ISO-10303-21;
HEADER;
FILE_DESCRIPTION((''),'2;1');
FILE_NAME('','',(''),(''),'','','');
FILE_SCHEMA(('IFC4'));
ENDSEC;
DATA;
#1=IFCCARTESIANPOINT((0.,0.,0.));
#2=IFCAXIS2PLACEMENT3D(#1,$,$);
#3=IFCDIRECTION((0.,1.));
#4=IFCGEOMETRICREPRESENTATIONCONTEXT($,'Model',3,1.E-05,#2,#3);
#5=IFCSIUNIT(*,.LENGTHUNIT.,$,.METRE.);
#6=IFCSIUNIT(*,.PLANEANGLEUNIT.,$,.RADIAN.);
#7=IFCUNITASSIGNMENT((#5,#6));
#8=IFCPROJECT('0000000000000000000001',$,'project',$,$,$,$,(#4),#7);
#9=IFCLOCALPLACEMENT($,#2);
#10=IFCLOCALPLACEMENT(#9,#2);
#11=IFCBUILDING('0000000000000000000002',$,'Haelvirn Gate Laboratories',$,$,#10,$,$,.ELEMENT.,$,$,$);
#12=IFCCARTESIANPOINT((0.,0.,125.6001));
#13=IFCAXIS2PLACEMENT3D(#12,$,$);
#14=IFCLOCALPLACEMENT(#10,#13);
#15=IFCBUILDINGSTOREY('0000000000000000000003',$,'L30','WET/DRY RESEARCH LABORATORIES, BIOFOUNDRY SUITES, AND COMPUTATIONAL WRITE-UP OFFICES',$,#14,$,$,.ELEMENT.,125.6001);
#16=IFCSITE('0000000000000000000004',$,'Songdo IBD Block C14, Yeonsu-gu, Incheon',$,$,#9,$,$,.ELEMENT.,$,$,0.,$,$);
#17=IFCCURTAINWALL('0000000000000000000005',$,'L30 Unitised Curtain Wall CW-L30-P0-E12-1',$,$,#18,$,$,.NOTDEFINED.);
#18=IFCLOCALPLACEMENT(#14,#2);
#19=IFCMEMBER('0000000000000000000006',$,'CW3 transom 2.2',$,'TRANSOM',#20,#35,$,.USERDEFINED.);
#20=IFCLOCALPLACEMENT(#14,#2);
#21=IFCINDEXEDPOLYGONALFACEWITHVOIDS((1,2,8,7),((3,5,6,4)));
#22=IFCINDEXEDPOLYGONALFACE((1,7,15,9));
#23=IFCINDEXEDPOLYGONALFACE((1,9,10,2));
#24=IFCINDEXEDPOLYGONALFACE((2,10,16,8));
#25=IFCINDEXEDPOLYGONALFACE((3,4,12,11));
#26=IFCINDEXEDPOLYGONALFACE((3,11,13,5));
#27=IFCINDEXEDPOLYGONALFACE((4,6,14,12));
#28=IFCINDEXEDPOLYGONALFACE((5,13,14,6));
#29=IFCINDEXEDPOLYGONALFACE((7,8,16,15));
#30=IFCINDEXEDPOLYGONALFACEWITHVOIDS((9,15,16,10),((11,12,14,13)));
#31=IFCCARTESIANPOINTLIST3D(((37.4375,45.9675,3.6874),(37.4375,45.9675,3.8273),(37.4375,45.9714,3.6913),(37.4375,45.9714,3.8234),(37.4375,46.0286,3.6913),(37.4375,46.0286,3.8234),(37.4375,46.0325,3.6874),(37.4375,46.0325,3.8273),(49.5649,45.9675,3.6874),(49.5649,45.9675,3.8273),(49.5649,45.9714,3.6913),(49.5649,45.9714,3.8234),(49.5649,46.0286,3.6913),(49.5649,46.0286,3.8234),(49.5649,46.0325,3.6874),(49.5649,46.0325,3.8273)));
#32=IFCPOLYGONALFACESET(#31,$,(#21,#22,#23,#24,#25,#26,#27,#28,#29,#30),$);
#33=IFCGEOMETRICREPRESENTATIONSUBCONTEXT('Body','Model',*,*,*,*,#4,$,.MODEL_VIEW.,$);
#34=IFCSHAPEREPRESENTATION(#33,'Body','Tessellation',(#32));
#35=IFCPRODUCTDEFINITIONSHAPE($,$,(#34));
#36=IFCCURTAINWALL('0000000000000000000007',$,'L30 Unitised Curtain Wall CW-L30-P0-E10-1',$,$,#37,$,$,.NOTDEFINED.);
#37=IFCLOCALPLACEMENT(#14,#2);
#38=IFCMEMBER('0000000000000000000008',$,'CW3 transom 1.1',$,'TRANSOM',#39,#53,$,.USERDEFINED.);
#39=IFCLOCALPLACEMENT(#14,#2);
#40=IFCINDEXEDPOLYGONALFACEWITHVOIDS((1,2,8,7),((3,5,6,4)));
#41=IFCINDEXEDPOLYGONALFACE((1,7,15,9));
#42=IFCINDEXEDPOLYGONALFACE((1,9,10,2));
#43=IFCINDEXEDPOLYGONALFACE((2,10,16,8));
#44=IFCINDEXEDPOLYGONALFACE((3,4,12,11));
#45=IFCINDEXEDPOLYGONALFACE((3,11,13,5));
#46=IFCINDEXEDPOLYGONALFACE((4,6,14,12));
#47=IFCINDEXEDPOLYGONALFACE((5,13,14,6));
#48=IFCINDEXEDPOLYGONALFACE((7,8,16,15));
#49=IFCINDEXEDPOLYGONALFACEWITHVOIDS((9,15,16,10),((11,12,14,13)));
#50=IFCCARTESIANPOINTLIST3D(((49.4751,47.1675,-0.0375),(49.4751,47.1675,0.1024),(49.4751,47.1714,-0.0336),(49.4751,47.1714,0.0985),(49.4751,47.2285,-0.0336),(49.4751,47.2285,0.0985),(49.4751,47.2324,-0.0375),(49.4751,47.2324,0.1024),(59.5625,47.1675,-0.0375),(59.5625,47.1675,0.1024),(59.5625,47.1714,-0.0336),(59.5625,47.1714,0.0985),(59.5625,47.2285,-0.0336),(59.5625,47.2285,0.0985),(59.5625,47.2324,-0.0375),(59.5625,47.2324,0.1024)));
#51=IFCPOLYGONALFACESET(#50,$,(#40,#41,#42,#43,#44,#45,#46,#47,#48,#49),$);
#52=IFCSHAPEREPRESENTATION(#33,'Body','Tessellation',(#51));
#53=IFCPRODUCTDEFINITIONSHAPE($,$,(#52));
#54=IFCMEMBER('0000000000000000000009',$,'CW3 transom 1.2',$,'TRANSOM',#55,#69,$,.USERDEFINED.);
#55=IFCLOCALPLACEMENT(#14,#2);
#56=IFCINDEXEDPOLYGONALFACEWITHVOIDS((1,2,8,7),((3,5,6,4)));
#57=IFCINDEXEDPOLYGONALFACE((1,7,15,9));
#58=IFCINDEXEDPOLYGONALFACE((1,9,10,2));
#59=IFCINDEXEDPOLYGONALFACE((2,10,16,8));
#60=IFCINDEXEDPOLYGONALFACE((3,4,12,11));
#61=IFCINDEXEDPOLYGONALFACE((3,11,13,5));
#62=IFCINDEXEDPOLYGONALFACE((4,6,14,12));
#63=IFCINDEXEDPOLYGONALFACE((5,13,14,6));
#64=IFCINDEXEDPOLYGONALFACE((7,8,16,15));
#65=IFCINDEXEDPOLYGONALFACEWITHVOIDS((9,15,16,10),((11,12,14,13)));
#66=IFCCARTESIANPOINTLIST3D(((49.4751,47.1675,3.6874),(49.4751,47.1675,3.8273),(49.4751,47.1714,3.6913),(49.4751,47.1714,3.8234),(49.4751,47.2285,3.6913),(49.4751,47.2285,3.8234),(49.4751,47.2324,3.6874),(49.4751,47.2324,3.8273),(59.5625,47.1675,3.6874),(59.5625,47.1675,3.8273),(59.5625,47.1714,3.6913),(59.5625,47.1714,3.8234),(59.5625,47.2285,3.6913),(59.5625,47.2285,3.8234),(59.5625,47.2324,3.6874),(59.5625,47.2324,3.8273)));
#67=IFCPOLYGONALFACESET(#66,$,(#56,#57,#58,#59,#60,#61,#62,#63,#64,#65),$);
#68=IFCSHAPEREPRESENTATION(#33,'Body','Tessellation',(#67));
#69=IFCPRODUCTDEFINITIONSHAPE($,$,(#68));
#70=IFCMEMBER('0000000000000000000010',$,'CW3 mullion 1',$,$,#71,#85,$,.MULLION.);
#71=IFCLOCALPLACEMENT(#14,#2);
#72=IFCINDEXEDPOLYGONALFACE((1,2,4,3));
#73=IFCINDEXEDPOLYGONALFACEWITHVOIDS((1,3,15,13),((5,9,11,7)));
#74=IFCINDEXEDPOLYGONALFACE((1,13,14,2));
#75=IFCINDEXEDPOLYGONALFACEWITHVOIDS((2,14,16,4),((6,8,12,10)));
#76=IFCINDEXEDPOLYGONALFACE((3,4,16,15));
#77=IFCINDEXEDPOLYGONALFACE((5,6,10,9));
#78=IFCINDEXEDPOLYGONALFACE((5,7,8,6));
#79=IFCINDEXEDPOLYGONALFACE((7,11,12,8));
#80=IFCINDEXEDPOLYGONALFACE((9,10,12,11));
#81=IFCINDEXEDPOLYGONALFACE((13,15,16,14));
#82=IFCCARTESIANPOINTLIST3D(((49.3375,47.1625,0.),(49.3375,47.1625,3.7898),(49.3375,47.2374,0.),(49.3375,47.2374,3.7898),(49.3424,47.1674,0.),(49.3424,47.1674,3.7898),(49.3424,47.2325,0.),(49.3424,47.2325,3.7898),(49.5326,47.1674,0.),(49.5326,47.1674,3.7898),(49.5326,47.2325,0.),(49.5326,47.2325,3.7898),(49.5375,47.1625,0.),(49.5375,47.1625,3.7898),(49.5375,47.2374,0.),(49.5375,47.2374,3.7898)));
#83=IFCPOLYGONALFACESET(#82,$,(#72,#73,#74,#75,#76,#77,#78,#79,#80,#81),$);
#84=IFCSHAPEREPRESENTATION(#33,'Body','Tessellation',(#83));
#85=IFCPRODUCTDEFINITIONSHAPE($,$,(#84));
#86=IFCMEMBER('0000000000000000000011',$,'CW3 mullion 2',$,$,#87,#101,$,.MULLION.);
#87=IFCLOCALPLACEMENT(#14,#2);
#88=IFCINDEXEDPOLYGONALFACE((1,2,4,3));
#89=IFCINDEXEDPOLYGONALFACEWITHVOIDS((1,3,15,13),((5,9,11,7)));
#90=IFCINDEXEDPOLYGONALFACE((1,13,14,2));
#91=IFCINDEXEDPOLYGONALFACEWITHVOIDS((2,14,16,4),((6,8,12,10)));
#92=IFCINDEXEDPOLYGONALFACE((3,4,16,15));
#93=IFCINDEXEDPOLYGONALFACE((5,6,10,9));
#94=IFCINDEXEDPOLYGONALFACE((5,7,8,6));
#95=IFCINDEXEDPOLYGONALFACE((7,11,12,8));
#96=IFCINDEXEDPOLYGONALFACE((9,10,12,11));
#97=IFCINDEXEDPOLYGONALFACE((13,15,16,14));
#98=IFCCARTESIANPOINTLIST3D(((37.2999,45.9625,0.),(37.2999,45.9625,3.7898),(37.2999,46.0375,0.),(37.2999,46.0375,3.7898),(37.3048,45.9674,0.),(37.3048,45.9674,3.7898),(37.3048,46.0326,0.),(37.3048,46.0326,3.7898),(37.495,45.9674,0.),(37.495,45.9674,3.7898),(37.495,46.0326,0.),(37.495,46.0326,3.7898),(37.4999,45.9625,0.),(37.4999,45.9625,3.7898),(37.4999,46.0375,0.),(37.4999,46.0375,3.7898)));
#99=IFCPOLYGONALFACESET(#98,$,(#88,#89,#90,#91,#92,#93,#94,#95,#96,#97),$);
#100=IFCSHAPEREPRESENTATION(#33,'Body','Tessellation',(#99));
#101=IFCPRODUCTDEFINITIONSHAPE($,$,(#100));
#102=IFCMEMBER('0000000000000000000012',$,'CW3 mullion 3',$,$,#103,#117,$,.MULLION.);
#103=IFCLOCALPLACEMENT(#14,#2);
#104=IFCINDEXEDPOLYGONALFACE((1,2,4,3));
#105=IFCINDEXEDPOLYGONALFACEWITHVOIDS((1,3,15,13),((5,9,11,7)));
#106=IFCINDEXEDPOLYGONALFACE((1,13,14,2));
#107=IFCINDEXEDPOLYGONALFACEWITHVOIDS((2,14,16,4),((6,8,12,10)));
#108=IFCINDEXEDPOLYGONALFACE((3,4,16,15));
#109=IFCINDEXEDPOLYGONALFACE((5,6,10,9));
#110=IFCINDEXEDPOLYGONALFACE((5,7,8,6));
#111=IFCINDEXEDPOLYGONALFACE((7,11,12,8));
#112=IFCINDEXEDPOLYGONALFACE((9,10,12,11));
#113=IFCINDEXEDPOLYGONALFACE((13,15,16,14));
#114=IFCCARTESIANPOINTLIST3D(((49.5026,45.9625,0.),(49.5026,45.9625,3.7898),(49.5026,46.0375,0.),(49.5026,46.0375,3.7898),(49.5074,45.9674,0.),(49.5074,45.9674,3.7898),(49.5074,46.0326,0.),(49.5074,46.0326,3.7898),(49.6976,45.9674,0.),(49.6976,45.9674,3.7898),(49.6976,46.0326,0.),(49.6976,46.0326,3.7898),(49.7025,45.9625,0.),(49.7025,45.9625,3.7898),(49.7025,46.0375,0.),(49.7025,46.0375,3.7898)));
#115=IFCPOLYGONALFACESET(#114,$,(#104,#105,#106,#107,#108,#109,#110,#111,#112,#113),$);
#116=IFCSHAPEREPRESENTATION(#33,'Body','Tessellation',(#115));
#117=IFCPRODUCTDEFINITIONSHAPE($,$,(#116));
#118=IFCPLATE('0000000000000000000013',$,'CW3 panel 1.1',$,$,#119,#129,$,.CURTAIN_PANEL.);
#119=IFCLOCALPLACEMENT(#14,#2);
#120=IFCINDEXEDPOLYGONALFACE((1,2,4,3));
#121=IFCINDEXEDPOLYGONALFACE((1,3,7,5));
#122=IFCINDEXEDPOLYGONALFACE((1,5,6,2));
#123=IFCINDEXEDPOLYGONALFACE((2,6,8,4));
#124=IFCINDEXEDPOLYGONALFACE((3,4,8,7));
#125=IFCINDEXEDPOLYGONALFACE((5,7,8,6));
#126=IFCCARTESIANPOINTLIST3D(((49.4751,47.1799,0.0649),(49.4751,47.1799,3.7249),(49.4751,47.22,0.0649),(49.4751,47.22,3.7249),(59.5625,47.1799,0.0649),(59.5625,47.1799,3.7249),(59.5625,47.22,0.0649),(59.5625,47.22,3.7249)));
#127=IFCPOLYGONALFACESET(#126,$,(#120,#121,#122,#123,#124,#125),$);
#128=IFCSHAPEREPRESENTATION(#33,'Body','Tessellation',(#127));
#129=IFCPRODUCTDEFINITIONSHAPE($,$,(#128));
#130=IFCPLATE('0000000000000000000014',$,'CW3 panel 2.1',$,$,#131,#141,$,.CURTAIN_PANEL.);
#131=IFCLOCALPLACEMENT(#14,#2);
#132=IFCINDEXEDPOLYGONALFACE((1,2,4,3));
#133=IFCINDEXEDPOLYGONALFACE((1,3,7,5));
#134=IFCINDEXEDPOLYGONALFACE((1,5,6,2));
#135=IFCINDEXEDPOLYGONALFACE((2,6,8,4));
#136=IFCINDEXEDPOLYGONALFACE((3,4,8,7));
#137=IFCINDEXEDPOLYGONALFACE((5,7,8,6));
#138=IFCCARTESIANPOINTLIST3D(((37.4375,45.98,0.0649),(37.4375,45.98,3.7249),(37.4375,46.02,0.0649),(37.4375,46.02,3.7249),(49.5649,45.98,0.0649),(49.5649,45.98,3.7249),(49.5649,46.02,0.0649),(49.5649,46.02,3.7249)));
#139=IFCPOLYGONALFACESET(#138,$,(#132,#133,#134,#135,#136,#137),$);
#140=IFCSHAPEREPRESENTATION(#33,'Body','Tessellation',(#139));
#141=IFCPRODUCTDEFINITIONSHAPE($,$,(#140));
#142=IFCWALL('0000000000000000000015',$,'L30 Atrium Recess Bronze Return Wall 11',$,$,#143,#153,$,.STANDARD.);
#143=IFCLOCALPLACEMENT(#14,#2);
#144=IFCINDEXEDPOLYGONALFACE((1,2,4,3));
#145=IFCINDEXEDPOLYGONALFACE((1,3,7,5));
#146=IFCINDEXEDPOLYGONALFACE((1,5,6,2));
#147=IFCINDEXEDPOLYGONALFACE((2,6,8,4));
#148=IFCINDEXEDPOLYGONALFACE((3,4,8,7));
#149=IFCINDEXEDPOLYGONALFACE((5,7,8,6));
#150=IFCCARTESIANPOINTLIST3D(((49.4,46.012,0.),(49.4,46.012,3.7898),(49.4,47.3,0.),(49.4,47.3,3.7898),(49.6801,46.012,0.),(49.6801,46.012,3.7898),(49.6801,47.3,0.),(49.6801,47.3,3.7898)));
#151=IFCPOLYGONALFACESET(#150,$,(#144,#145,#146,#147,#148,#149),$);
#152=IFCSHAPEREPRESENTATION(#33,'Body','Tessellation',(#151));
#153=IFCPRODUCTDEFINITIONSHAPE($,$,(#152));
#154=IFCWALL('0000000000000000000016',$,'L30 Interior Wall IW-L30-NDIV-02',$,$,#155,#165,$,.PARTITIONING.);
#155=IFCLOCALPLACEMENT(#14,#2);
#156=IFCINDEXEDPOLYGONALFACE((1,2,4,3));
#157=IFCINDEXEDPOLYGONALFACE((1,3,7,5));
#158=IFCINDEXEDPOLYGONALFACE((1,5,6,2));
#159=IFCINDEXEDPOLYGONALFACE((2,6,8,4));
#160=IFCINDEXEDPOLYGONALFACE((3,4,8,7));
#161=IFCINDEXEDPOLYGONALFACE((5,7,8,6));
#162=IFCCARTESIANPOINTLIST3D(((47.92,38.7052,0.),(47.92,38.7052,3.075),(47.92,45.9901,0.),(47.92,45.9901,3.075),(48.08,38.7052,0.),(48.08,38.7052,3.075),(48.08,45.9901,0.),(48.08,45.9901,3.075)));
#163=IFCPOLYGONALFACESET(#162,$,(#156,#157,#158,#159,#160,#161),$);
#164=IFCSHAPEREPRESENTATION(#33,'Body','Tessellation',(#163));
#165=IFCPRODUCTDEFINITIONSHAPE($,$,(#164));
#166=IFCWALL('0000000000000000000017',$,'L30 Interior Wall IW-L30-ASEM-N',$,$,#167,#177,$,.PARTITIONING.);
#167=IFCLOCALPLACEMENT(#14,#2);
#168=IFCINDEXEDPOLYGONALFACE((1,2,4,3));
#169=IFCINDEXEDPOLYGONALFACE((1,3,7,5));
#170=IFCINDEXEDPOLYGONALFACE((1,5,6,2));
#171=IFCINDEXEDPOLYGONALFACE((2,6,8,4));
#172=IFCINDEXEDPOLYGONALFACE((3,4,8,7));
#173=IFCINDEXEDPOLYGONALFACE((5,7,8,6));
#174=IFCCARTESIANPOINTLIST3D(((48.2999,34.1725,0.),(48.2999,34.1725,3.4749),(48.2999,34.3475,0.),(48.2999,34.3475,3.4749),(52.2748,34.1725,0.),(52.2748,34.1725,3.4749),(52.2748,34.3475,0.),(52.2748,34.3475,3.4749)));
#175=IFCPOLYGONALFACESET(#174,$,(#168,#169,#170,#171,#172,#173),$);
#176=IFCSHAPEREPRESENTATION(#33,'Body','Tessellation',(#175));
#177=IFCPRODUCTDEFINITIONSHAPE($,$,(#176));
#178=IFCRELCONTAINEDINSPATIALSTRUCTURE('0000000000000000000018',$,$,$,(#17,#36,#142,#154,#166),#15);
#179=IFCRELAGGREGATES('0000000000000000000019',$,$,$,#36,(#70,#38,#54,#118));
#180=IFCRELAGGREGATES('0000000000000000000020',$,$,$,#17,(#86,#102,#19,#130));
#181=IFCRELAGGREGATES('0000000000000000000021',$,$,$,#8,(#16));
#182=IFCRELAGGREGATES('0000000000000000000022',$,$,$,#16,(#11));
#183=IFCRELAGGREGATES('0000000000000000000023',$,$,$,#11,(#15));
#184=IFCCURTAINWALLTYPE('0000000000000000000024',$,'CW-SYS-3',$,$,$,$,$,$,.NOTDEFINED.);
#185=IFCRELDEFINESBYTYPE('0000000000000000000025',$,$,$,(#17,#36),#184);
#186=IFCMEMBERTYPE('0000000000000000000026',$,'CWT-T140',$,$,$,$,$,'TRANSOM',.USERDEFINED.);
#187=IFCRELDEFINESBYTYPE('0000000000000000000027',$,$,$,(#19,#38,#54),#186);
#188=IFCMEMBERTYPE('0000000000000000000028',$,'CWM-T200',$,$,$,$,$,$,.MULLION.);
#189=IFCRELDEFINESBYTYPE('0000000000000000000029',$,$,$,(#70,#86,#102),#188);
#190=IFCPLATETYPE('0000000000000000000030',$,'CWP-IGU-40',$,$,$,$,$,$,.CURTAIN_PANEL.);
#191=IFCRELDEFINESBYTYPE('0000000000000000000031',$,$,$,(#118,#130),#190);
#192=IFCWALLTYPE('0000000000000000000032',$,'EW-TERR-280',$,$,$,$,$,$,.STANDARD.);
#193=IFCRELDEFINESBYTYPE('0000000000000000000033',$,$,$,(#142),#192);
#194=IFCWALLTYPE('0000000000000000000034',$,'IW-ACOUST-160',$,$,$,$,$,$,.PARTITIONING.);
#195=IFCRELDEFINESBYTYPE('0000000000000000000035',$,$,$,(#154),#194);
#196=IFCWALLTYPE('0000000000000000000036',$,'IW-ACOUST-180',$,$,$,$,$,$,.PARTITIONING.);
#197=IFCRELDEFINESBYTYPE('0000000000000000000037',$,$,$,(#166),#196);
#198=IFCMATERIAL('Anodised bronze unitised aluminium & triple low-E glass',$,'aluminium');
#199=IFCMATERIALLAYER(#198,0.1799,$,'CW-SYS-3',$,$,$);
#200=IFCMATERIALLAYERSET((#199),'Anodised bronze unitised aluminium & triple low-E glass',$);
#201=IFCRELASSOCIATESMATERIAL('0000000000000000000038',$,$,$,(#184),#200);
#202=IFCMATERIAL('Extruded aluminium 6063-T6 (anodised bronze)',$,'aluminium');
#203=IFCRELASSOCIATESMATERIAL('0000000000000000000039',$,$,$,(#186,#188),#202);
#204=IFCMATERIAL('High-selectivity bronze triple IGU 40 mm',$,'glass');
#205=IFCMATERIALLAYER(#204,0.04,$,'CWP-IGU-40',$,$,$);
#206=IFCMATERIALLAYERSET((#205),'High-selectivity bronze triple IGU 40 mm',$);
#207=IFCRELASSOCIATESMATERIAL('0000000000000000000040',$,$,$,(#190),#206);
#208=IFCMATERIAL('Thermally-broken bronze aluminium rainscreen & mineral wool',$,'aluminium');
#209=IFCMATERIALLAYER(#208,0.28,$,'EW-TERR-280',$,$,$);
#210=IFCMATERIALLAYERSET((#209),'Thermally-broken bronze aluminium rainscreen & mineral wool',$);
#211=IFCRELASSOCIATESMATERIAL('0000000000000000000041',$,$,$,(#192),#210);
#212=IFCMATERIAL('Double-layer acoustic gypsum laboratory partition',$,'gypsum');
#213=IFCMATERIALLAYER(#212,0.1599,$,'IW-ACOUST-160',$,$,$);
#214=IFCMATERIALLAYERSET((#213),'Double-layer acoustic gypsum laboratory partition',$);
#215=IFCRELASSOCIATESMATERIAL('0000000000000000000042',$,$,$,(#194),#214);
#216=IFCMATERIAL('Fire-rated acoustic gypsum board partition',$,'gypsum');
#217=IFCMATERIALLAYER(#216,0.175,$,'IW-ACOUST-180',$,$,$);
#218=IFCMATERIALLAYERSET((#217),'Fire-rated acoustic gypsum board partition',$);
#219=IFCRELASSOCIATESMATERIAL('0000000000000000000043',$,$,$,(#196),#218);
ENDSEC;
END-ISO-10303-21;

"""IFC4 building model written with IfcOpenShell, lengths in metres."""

from ifc_helpers import new_model, si_unit, direction, frame, frame_2d, origin, origin_2d, place, context, subcontext, project, spatial, rectangle, hollow_rectangle, extrude, source, transform, mapped, material, layer, layer_set, material_profile, profile_set, type_object, type_shapes, element, aggregate, save


model = new_model("IFC4")

# Units and contexts
model_context = context("Model", 3, precision=1e-05, world=origin(), true_north=direction((0.0, 1.0)))
body_context = subcontext(model_context, "Body", "Model", "MODEL_VIEW")
ifc_project = project(units=[si_unit("LENGTHUNIT", "METRE"), si_unit("PLANEANGLEUNIT", "RADIAN")], contexts=[model_context])

# Site, building, storey
site_placement = place(None, origin())
site = spatial("IfcSite", under=ifc_project, at=site_placement, Name="Songdo IBD Block C14, Yeonsu-gu, Incheon", CompositionType="ELEMENT", RefElevation=0.0)
building_placement = place(site_placement, origin())
building = spatial("IfcBuilding", under=site, at=building_placement, Name="Haelvirn Gate Laboratories", CompositionType="ELEMENT")
storey_placement = place(building_placement, frame((0.0, 0.0, 125.6001)))
storey = spatial("IfcBuildingStorey", under=building, at=storey_placement, Name="L30", Description="WET/DRY RESEARCH LABORATORIES, BIOFOUNDRY SUITES, AND COMPUTATIONAL WRITE-UP OFFICES", CompositionType="ELEMENT", Elevation=125.6001)

# Curtain walls, members
ifc_material_1 = material(Name="Anodised bronze unitised aluminium & triple low-E glass", Category="aluminium")
ifc_layer_1 = layer(ifc_material_1, 0.1799, Name="CW-SYS-3")
ifc_layer_set_1 = layer_set([ifc_layer_1], Name="Anodised bronze unitised aluminium & triple low-E glass")
curtain_wall_type = type_object("IfcCurtainWallType", Name="CW-SYS-3", PredefinedType="NOTDEFINED", material=ifc_layer_set_1)
curtain_wall_1_placement = place(storey_placement, origin())
curtain_wall_1 = element("IfcCurtainWall", 1, at=curtain_wall_1_placement, inside=storey, type_object=curtain_wall_type, Name="L30 Unitised Curtain Wall CW-L30-P0-E12-1", PredefinedType="NOTDEFINED")
ifc_material_2 = material(Name="Extruded aluminium 6063-T6 (anodised bronze)", Category="aluminium")
ifc_material_profile_1 = material_profile(ifc_material_2, hollow_rectangle(XDim=0.0649, YDim=0.1399, WallThickness=0.0039, at=origin_2d()), Name="CWT-140x65x4")
ifc_profile_set_1 = profile_set([ifc_material_profile_1], Name="Extruded aluminium 6063-T6 (anodised bronze)")
member_type_1 = type_object("IfcMemberType", Name="CWT-T140", ElementType="TRANSOM", PredefinedType="USERDEFINED", material=ifc_profile_set_1)
shared_shape_1 = source(origin(), body_context, "Body", "SweptSolid", [
    extrude(hollow_rectangle(XDim=0.0649, YDim=0.1399, WallThickness=0.0039, at=origin_2d()), origin(), (0.0, 0.0, 1.0), 12.1274),
])
member_1_placement = place(storey_placement, frame((37.4375, 46.0, 3.7573), z_axis=(1.0, 0.0, 0.0), x_axis=(0.0, 1.0, 0.0)))
member_1 = element("IfcMember", 2, at=member_1_placement, type_object=member_type_1, Name="CW3 transom 2.2", ObjectType="TRANSOM", PredefinedType="USERDEFINED", context=body_context, shape_type="MappedRepresentation", body=[
    mapped(shared_shape_1, transform((0.0, 0.0, 0.0), scale=1.0)),
])
curtain_wall_2_placement = place(storey_placement, origin())
curtain_wall_2 = element("IfcCurtainWall", 3, at=curtain_wall_2_placement, inside=storey, type_object=curtain_wall_type, Name="L30 Unitised Curtain Wall CW-L30-P0-E10-1", PredefinedType="NOTDEFINED")
shared_shape_2 = source(origin(), body_context, "Body", "SweptSolid", [
    extrude(hollow_rectangle(XDim=0.0649, YDim=0.1399, WallThickness=0.0039, at=origin_2d()), origin(), (0.0, 0.0, 1.0), 10.0874),
])
type_shapes(member_type_1, [shared_shape_1, shared_shape_2])
member_2_placement = place(storey_placement, frame((49.4751, 47.2, 0.0325), z_axis=(1.0, 0.0, 0.0), x_axis=(0.0, 1.0, 0.0)))
member_2 = element("IfcMember", 4, at=member_2_placement, type_object=member_type_1, Name="CW3 transom 1.1", ObjectType="TRANSOM", PredefinedType="USERDEFINED", context=body_context, shape_type="MappedRepresentation", body=[
    mapped(shared_shape_2, transform((0.0, 0.0, 0.0), scale=1.0)),
])
member_3_placement = place(storey_placement, frame((49.4751, 47.2, 3.7573), z_axis=(1.0, 0.0, 0.0), x_axis=(0.0, 1.0, 0.0)))
member_3 = element("IfcMember", 5, at=member_3_placement, type_object=member_type_1, Name="CW3 transom 1.2", ObjectType="TRANSOM", PredefinedType="USERDEFINED", context=body_context, shape_type="MappedRepresentation", body=[
    mapped(shared_shape_2, transform((0.0, 0.0, 0.0), scale=1.0)),
])
ifc_material_profile_2 = material_profile(ifc_material_2, hollow_rectangle(XDim=0.075, YDim=0.2, WallThickness=0.0049, at=origin_2d()), Name="CWM-200x75x5")
ifc_profile_set_2 = profile_set([ifc_material_profile_2], Name="Extruded aluminium 6063-T6 (anodised bronze)")
member_type_2 = type_object("IfcMemberType", Name="CWM-T200", PredefinedType="MULLION", material=ifc_profile_set_2)
shared_shape_3 = source(origin(), body_context, "Body", "SweptSolid", [
    extrude(hollow_rectangle(XDim=0.075, YDim=0.2, WallThickness=0.0049, at=origin_2d()), origin(), (0.0, 0.0, 1.0), 3.7898),
])
type_shapes(member_type_2, [shared_shape_3])
member_4_placement = place(storey_placement, frame((49.4375, 47.2, 0.0), z_axis=(0.0, 0.0, 1.0), x_axis=(0.0, 1.0, 0.0)))
member_4 = element("IfcMember", 6, at=member_4_placement, type_object=member_type_2, Name="CW3 mullion 1", PredefinedType="MULLION", context=body_context, shape_type="MappedRepresentation", body=[
    mapped(shared_shape_3, transform((0.0, 0.0, 0.0), scale=1.0)),
])

# Members
member_5_placement = place(storey_placement, frame((37.3999, 46.0, 0.0), z_axis=(0.0, 0.0, 1.0), x_axis=(0.0, 1.0, 0.0)))
member_5 = element("IfcMember", 7, at=member_5_placement, type_object=member_type_2, Name="CW3 mullion 2", PredefinedType="MULLION", context=body_context, shape_type="MappedRepresentation", body=[
    mapped(shared_shape_3, transform((0.0, 0.0, 0.0), scale=1.0)),
])
member_6_placement = place(storey_placement, frame((49.6025, 46.0, 0.0), z_axis=(0.0, 0.0, 1.0), x_axis=(0.0, 1.0, 0.0)))
member_6 = element("IfcMember", 8, at=member_6_placement, type_object=member_type_2, Name="CW3 mullion 3", PredefinedType="MULLION", context=body_context, shape_type="MappedRepresentation", body=[
    mapped(shared_shape_3, transform((0.0, 0.0, 0.0), scale=1.0)),
])

# Plates
ifc_material_3 = material(Name="High-selectivity bronze triple IGU 40 mm", Category="glass")
ifc_layer_2 = layer(ifc_material_3, 0.04, Name="CWP-IGU-40")
ifc_layer_set_2 = layer_set([ifc_layer_2], Name="High-selectivity bronze triple IGU 40 mm")
plate_type = type_object("IfcPlateType", Name="CWP-IGU-40", PredefinedType="CURTAIN_PANEL", material=ifc_layer_set_2)
shared_shape_4 = source(origin(), body_context, "Body", "SweptSolid", [
    extrude(rectangle(XDim=10.0874, YDim=0.04, at=origin_2d()), origin(), (0.0, 0.0, 1.0), 3.6599),
])
plate_1_placement = place(storey_placement, frame((54.5188, 47.2, 0.0649), z_axis=(0.0, 0.0, 1.0), x_axis=(1.0, 0.0, 0.0)))
plate_1 = element("IfcPlate", 9, at=plate_1_placement, type_object=plate_type, Name="CW3 panel 1.1", PredefinedType="CURTAIN_PANEL", context=body_context, shape_type="MappedRepresentation", body=[
    mapped(shared_shape_4, transform((0.0, 0.0, 0.0), scale=1.0)),
])
aggregate(curtain_wall_2, [member_4, member_2, member_3, plate_1])
shared_shape_5 = source(origin(), body_context, "Body", "SweptSolid", [
    extrude(rectangle(XDim=12.1274, YDim=0.04, at=origin_2d()), origin(), (0.0, 0.0, 1.0), 3.6599),
])
type_shapes(plate_type, [shared_shape_4, shared_shape_5])
plate_2_placement = place(storey_placement, frame((43.5012, 46.0, 0.0649), z_axis=(0.0, 0.0, 1.0), x_axis=(1.0, 0.0, 0.0)))
plate_2 = element("IfcPlate", 10, at=plate_2_placement, type_object=plate_type, Name="CW3 panel 2.1", PredefinedType="CURTAIN_PANEL", context=body_context, shape_type="MappedRepresentation", body=[
    mapped(shared_shape_5, transform((0.0, 0.0, 0.0), scale=1.0)),
])
aggregate(curtain_wall_1, [member_5, member_6, member_1, plate_2])

# Walls
ifc_material_4 = material(Name="Thermally-broken bronze aluminium rainscreen & mineral wool", Category="aluminium")
ifc_layer_3 = layer(ifc_material_4, 0.28, Name="EW-TERR-280")
ifc_layer_set_3 = layer_set([ifc_layer_3], Name="Thermally-broken bronze aluminium rainscreen & mineral wool")
wall_type_1 = type_object("IfcWallType", Name="EW-TERR-280", PredefinedType="STANDARD", material=ifc_layer_set_3)
wall_1_placement = place(storey_placement, frame((49.54, 47.3, 0.0), z_axis=(0.0, 0.0, 1.0), x_axis=(0.0, -1.0, 0.0)))
element("IfcWall", 11, at=wall_1_placement, inside=storey, type_object=wall_type_1, Name="L30 Atrium Recess Bronze Return Wall 11", PredefinedType="STANDARD", context=body_context, shape_type="SweptSolid", body=[
    extrude(rectangle(XDim=1.2881, YDim=0.28, at=frame_2d((0.644, 0.0))), origin(), (0.0, 0.0, 1.0), 3.7898),
])
ifc_material_5 = material(Name="Double-layer acoustic gypsum laboratory partition", Category="gypsum")
ifc_layer_4 = layer(ifc_material_5, 0.1599, Name="IW-ACOUST-160")
ifc_layer_set_4 = layer_set([ifc_layer_4], Name="Double-layer acoustic gypsum laboratory partition")
wall_type_2 = type_object("IfcWallType", Name="IW-ACOUST-160", PredefinedType="PARTITIONING", material=ifc_layer_set_4)
wall_2_placement = place(storey_placement, frame((48.0, 38.7051, 0.0), z_axis=(0.0, 0.0, 1.0), x_axis=(0.0, 1.0, 0.0)))
element("IfcWall", 12, at=wall_2_placement, inside=storey, type_object=wall_type_2, Name="L30 Interior Wall IW-L30-NDIV-02", PredefinedType="PARTITIONING", context=body_context, shape_type="SweptSolid", body=[
    extrude(rectangle(XDim=7.2849, YDim=0.1599, at=frame_2d((3.6426, 0.0))), origin(), (0.0, 0.0, 1.0), 3.075),
])
ifc_material_6 = material(Name="Fire-rated acoustic gypsum board partition", Category="gypsum")
ifc_layer_5 = layer(ifc_material_6, 0.175, Name="IW-ACOUST-180")
ifc_layer_set_5 = layer_set([ifc_layer_5], Name="Fire-rated acoustic gypsum board partition")
wall_type_3 = type_object("IfcWallType", Name="IW-ACOUST-180", PredefinedType="PARTITIONING", material=ifc_layer_set_5)
wall_3_placement = place(storey_placement, frame((48.3, 34.26, 0.0), z_axis=(0.0, 0.0, 1.0), x_axis=(1.0, 0.0, 0.0)))
element("IfcWall", 13, at=wall_3_placement, inside=storey, type_object=wall_type_3, Name="L30 Interior Wall IW-L30-ASEM-N", PredefinedType="PARTITIONING", context=body_context, shape_type="SweptSolid", body=[
    extrude(rectangle(XDim=3.9749, YDim=0.175, at=frame_2d((1.9873, 0.0))), origin(), (0.0, 0.0, 1.0), 3.4749),
])

save(model, "model.ifc")
